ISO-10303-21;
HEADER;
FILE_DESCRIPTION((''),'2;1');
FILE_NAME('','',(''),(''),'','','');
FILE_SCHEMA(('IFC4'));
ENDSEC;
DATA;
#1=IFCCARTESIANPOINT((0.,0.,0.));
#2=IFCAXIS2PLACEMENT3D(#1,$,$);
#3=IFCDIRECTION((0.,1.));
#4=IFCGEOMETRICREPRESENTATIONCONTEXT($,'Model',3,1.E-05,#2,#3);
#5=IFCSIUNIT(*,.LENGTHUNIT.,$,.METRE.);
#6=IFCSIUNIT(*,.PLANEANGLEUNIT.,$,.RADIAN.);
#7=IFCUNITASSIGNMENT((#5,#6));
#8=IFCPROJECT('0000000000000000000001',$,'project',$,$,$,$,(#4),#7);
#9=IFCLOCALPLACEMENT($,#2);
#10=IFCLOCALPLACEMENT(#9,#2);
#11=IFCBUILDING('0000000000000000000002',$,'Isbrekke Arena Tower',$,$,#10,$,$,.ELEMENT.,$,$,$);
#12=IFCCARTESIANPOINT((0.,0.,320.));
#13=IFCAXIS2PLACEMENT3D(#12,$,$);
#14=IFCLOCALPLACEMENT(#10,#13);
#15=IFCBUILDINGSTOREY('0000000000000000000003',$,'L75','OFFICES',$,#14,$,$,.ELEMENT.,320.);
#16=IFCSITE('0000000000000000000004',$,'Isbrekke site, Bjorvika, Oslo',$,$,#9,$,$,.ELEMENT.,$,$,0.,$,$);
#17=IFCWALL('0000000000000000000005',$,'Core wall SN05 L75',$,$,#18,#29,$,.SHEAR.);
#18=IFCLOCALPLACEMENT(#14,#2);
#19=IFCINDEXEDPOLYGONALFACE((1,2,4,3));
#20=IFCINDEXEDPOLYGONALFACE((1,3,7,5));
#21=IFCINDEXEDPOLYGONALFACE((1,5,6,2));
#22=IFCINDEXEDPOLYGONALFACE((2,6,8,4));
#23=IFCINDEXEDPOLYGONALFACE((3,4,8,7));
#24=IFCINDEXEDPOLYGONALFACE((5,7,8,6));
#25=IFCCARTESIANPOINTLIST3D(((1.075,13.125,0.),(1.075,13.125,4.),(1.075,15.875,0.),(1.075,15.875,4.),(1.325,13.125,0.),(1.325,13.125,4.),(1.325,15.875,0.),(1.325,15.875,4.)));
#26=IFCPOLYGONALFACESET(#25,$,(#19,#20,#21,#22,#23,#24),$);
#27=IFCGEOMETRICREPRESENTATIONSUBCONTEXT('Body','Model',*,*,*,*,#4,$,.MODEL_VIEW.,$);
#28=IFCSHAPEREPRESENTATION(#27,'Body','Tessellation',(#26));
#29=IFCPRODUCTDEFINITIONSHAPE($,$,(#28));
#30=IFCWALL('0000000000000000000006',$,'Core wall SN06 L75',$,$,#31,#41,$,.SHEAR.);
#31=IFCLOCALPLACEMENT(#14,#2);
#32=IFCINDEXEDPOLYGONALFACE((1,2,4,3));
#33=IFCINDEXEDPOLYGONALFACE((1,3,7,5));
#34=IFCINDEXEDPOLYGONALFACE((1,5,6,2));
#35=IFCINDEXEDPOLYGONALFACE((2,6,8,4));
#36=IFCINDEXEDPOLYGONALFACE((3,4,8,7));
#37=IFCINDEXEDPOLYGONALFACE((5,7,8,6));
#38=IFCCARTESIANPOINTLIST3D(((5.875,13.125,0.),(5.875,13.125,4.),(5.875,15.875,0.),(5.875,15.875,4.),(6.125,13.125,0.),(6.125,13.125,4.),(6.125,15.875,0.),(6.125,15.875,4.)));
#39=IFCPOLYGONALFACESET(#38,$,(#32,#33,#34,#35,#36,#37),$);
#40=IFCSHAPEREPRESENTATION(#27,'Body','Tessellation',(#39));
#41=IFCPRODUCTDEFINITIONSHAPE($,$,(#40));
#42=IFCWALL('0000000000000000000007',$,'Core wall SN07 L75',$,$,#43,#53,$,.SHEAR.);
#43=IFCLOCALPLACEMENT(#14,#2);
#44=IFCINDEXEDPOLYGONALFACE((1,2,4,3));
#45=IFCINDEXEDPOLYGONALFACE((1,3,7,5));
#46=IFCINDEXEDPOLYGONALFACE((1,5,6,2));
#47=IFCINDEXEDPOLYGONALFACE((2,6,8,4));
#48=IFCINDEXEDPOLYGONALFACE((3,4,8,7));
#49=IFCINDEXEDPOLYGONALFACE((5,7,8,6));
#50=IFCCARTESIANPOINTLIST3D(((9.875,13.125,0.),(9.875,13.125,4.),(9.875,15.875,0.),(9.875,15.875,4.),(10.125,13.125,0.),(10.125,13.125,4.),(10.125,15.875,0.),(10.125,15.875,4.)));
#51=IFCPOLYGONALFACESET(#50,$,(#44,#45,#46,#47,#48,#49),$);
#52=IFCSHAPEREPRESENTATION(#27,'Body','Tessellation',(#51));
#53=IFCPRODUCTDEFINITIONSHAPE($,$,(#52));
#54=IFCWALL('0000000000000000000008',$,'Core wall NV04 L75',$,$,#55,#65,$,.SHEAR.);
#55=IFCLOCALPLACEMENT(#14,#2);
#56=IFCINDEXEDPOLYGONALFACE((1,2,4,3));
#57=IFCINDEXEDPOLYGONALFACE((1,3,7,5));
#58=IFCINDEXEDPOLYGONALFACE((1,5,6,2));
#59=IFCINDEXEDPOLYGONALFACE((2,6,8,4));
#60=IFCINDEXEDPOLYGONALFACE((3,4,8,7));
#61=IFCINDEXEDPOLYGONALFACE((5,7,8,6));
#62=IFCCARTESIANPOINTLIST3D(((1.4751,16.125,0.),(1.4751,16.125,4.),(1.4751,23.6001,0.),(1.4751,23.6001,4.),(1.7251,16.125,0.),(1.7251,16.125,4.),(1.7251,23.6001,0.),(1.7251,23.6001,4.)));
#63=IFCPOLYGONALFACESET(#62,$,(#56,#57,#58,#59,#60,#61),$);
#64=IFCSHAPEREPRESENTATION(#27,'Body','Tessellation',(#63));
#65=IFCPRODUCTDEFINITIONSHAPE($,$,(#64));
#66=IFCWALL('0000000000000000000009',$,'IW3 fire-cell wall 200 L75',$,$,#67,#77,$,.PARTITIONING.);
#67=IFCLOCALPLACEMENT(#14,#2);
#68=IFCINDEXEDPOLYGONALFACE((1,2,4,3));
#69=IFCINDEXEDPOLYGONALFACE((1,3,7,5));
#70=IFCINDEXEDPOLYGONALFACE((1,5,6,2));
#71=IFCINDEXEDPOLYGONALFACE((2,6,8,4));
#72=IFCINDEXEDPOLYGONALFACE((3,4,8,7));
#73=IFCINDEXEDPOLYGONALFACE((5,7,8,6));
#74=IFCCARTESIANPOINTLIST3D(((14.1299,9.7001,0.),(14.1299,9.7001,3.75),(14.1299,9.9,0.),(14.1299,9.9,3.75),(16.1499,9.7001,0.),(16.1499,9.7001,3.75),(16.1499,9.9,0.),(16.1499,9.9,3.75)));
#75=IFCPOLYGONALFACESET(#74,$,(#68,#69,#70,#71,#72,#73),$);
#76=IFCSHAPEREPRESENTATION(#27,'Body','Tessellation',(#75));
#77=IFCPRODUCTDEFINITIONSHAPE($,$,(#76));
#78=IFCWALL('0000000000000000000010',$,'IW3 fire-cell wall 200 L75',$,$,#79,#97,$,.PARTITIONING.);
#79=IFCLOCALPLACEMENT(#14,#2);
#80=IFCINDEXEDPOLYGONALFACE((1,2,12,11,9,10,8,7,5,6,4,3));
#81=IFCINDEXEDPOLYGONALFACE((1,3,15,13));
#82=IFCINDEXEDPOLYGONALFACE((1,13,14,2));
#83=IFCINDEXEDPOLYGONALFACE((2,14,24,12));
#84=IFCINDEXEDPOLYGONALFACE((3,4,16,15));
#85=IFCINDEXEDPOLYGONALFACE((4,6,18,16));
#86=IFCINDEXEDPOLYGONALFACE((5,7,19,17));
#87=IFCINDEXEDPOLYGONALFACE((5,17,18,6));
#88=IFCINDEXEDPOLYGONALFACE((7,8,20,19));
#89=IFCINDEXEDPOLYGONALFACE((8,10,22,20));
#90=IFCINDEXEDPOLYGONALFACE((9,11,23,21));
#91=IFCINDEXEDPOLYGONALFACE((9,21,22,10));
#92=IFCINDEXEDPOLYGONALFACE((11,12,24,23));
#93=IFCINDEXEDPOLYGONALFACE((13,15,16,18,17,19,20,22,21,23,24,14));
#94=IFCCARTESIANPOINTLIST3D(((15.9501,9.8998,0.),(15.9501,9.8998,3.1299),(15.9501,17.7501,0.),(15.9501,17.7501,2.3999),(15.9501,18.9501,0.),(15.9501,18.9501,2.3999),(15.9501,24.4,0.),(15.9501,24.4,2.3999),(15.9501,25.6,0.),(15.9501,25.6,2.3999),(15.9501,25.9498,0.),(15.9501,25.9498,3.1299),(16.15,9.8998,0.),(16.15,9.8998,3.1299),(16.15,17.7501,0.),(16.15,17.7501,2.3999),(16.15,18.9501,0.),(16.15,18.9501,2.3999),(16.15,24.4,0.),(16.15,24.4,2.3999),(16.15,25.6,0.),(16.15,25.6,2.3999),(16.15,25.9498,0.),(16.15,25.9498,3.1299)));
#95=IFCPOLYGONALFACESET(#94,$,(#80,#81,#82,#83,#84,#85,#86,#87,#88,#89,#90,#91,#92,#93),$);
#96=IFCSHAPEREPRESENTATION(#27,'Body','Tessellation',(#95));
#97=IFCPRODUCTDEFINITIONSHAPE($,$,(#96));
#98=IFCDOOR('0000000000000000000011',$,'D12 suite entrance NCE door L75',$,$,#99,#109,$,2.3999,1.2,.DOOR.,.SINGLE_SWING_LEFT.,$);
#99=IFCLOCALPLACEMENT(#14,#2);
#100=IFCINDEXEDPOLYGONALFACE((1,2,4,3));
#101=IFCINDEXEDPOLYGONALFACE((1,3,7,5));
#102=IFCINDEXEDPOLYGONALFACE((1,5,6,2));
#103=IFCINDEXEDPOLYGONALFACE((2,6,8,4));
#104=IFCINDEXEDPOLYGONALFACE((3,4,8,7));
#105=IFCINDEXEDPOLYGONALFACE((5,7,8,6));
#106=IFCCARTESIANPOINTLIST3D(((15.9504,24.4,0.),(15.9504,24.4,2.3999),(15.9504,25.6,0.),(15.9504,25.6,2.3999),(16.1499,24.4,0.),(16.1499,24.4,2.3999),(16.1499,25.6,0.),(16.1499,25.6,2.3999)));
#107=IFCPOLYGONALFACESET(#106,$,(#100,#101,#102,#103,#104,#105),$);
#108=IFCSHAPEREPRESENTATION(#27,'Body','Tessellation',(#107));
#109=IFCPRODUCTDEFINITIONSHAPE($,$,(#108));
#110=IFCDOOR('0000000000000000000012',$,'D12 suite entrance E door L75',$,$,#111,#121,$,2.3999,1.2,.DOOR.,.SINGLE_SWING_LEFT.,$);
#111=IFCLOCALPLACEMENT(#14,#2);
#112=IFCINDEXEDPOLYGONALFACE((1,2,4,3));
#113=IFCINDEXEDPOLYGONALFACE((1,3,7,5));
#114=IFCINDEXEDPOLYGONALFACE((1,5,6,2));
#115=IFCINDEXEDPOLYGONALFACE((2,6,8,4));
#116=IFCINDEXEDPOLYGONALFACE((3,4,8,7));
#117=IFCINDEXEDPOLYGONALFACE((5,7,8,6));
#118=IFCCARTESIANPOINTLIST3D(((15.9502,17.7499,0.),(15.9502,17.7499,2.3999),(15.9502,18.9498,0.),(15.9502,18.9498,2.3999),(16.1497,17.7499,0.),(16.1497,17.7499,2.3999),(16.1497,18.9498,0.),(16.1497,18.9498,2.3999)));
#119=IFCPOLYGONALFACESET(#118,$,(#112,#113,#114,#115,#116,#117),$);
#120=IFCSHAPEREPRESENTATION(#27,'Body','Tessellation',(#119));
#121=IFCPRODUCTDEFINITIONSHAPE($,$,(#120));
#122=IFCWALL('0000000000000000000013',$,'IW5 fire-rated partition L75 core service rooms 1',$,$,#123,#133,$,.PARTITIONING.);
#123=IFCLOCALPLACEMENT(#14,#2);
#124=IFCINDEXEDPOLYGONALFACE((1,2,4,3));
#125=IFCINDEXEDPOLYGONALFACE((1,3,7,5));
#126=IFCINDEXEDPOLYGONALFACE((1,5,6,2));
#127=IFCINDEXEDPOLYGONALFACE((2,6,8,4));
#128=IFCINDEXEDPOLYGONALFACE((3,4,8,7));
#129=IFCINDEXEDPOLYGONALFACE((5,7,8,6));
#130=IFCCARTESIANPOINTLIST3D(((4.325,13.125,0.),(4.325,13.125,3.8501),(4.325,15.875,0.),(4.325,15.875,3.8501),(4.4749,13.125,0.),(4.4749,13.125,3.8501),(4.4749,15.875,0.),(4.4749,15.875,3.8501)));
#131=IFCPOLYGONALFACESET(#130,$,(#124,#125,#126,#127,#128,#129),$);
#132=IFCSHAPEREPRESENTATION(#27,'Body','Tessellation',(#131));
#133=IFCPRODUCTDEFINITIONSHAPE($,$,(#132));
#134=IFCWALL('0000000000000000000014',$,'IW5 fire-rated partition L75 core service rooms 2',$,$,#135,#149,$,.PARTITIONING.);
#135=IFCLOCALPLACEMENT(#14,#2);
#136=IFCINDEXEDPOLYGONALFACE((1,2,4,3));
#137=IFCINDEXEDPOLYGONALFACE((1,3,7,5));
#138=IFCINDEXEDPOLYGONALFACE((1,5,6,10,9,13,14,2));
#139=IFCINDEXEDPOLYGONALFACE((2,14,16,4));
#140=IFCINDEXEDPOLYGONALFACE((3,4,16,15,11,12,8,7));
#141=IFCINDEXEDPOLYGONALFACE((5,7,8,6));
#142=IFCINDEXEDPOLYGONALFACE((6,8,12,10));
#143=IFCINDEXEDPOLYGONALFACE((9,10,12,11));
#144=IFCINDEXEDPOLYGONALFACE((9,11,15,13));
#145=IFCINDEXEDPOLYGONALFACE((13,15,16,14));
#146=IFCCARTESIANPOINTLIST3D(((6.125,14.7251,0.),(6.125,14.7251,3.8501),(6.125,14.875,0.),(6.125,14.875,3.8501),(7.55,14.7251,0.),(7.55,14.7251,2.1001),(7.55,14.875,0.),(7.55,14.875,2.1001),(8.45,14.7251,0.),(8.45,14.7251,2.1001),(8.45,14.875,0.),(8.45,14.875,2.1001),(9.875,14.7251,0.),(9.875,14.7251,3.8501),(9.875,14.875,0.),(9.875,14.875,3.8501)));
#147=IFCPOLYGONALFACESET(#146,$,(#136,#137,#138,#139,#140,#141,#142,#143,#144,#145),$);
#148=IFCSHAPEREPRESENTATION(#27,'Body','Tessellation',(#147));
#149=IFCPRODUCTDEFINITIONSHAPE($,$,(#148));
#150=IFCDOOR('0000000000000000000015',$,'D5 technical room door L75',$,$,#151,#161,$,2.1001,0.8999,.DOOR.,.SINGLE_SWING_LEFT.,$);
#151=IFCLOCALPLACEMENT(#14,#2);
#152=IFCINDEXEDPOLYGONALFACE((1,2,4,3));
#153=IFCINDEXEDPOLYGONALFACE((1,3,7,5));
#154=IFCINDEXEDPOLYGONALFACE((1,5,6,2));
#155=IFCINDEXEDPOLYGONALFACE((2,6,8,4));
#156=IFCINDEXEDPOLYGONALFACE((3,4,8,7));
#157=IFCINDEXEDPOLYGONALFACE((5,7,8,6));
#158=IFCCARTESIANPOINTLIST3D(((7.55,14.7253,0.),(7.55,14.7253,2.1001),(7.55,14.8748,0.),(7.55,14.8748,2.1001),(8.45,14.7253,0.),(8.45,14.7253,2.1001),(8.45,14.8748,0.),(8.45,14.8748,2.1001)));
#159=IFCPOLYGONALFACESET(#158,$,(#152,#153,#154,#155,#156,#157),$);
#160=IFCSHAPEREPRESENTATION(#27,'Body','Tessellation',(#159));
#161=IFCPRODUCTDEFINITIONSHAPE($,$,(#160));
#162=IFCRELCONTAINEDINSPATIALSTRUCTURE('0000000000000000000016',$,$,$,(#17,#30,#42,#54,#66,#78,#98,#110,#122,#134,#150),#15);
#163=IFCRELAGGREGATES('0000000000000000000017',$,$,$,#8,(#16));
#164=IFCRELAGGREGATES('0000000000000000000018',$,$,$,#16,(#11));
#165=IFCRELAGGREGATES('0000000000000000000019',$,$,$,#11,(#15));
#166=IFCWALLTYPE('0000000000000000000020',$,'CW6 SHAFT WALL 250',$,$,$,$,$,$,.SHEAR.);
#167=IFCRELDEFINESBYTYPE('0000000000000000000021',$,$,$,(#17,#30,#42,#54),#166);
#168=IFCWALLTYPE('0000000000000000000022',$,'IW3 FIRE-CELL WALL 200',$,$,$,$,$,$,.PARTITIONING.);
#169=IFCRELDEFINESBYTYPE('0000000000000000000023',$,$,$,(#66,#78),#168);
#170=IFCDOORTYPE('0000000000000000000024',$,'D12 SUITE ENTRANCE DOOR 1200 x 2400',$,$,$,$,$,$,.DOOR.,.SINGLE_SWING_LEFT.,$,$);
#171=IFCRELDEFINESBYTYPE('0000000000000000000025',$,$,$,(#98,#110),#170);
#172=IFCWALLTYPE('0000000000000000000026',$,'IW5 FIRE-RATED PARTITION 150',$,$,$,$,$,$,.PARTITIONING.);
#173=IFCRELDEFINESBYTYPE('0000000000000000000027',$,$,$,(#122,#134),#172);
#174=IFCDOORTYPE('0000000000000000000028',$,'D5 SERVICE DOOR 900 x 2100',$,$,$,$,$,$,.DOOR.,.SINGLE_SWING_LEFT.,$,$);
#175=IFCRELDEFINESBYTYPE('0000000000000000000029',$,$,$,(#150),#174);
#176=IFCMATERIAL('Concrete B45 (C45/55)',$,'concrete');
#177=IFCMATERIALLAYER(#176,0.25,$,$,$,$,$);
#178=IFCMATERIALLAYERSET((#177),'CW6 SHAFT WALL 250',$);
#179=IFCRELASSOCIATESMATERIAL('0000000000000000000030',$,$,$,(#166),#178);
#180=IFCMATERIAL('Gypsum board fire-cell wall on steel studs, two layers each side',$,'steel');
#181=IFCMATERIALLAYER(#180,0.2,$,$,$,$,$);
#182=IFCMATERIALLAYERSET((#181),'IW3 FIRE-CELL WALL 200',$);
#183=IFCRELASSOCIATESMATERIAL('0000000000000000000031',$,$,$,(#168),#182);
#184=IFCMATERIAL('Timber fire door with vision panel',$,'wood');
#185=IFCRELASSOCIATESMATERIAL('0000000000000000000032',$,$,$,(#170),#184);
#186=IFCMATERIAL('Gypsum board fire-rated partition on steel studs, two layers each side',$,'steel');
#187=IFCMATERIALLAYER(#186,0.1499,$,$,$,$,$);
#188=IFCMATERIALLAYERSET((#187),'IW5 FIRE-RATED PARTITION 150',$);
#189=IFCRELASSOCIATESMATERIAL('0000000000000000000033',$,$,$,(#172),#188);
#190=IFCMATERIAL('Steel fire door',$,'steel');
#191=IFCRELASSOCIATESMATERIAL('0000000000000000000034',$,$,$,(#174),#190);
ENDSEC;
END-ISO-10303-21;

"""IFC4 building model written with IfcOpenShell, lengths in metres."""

from ifc_helpers import new_model, si_unit, direction, frame, frame_2d, origin, place, context, subcontext, project, spatial, rectangle, extrude, material, layer, layer_set, type_object, element, fill, save


model = new_model("IFC4")

# Units and contexts
model_context = context("Model", 3, precision=1e-05, world=origin(), true_north=direction((0.0, 1.0)))
body_context = subcontext(model_context, "Body", "Model", "MODEL_VIEW")
ifc_project = project(units=[si_unit("LENGTHUNIT", "METRE"), si_unit("PLANEANGLEUNIT", "RADIAN")], contexts=[model_context])

# Site, building, storey
site_placement = place(None, origin())
site = spatial("IfcSite", under=ifc_project, at=site_placement, Name="Isbrekke site, Bjorvika, Oslo", CompositionType="ELEMENT", RefElevation=0.0)
building_placement = place(site_placement, origin())
building = spatial("IfcBuilding", under=site, at=building_placement, Name="Isbrekke Arena Tower", CompositionType="ELEMENT")
storey_placement = place(building_placement, frame((0.0, 0.0, 320.0)))
storey = spatial("IfcBuildingStorey", under=building, at=storey_placement, Name="L75", Description="OFFICES", CompositionType="ELEMENT", Elevation=320.0)

# Walls
ifc_material_1 = material(Name="Concrete B45 (C45/55)", Category="concrete")
ifc_layer_1 = layer(ifc_material_1, 0.25)
ifc_layer_set_1 = layer_set([ifc_layer_1], Name="CW6 SHAFT WALL 250")
wall_type_1 = type_object("IfcWallType", Name="CW6 SHAFT WALL 250", PredefinedType="SHEAR", material=ifc_layer_set_1)
for number, where, z_axis, x_axis, name in (
    (1, (1.2, 13.125, 0.0), (0.0, 0.0, 1.0), (0.0, 1.0, 0.0), "Core wall SN05 L75"),
    (2, (6.0, 13.125, 0.0), (0.0, 0.0, 1.0), (0.0, 1.0, 0.0), "Core wall SN06 L75"),
    (3, (10.0, 13.125, 0.0), (0.0, 0.0, 1.0), (0.0, 1.0, 0.0), "Core wall SN07 L75"),
):
    element("IfcWall", number, at=place(storey_placement, frame(where, z_axis=z_axis, x_axis=x_axis)), inside=storey, type_object=wall_type_1, Name=name, PredefinedType="SHEAR", context=body_context, shape_type="SweptSolid", body=[
        extrude(rectangle(XDim=2.75, YDim=0.25, at=frame_2d((1.375, 0.0))), origin(), (0.0, 0.0, 1.0), 4.0),
    ])
wall_1_placement = place(storey_placement, frame((1.6001, 16.125, 0.0), z_axis=(0.0, 0.0, 1.0), x_axis=(0.0, 1.0, 0.0)))
element("IfcWall", 4, at=wall_1_placement, inside=storey, type_object=wall_type_1, Name="Core wall NV04 L75", PredefinedType="SHEAR", context=body_context, shape_type="SweptSolid", body=[
    extrude(rectangle(XDim=7.4751, YDim=0.25, at=frame_2d((3.7375, 0.0))), origin(), (0.0, 0.0, 1.0), 4.0),
])
ifc_material_2 = material(Name="Gypsum board fire-cell wall on steel studs, two layers each side", Category="steel")
ifc_layer_2 = layer(ifc_material_2, 0.2)
ifc_layer_set_2 = layer_set([ifc_layer_2], Name="IW3 FIRE-CELL WALL 200")
wall_type_2 = type_object("IfcWallType", Name="IW3 FIRE-CELL WALL 200", PredefinedType="PARTITIONING", material=ifc_layer_set_2)
wall_2_placement = place(storey_placement, frame((14.1299, 9.8, 0.0), z_axis=(0.0, 0.0, 1.0), x_axis=(1.0, 0.0, 0.0)))
element("IfcWall", 5, at=wall_2_placement, inside=storey, type_object=wall_type_2, Name="IW3 fire-cell wall 200 L75", PredefinedType="PARTITIONING", context=body_context, shape_type="SweptSolid", body=[
    extrude(rectangle(XDim=2.02, YDim=0.2, at=frame_2d((1.01, 0.0))), origin(), (0.0, 0.0, 1.0), 3.75),
])

# Wall, openings, doors
wall_3_placement = place(storey_placement, frame((16.05, 9.8999, 0.0), z_axis=(0.0, 0.0, 1.0), x_axis=(0.0, 1.0, 0.0)))
wall_3 = element("IfcWall", 6, at=wall_3_placement, inside=storey, type_object=wall_type_2, Name="IW3 fire-cell wall 200 L75", PredefinedType="PARTITIONING", context=body_context, shape_type="SweptSolid", body=[
    extrude(rectangle(XDim=16.05, YDim=0.2, at=frame_2d((8.0249, 0.0))), origin(), (0.0, 0.0, 1.0), 3.1299),
])
opening_1_placement = place(wall_3_placement, frame((14.5, 0.0, 0.0)))
opening_1 = element("IfcOpeningElement", 7, at=opening_1_placement, cuts=wall_3, PredefinedType="OPENING", context=body_context, shape_type="SweptSolid", body=[
    extrude(rectangle(XDim=1.2, YDim=2.3999, at=frame_2d((0.6001, 1.2))), frame((0.0, 0.1147, 0.0), z_axis=(0.0, -1.0, 0.0), x_axis=(1.0, 0.0, 0.0)), (0.0, 0.0, 1.0), 0.2297),
])
opening_2_placement = place(wall_3_placement, frame((7.8501, 0.0, 0.0)))
opening_2 = element("IfcOpeningElement", 8, at=opening_2_placement, cuts=wall_3, PredefinedType="OPENING", context=body_context, shape_type="SweptSolid", body=[
    extrude(rectangle(XDim=1.2, YDim=2.3999, at=frame_2d((0.6001, 1.2))), frame((0.0, 0.1147, 0.0), z_axis=(0.0, -1.0, 0.0), x_axis=(1.0, 0.0, 0.0)), (0.0, 0.0, 1.0), 0.2297),
])
ifc_material_3 = material(Name="Timber fire door with vision panel", Category="wood")
door_type_1 = type_object("IfcDoorType", Name="D12 SUITE ENTRANCE DOOR 1200 x 2400", OperationType="SINGLE_SWING_LEFT", PredefinedType="DOOR", material=ifc_material_3)
door_1_placement = place(opening_1_placement, origin())
door_1 = element("IfcDoor", 9, at=door_1_placement, inside=storey, type_object=door_type_1, Name="D12 suite entrance NCE door L75", OperationType="SINGLE_SWING_LEFT", OverallHeight=2.3999, OverallWidth=1.2, PredefinedType="DOOR", context=body_context, shape_type="SweptSolid", body=[
    extrude(rectangle(XDim=1.2, YDim=2.3999, at=frame_2d((0.6001, 1.2))), frame((0.0, 0.0996, 0.0), z_axis=(0.0, -1.0, 0.0), x_axis=(1.0, 0.0, 0.0)), (0.0, 0.0, 1.0), 0.1995),
])
fill(opening_1, door_1)
door_2_placement = place(opening_2_placement, frame((1.2, 0.0, 0.0), z_axis=(0.0, 0.0, 1.0), x_axis=(-1.0, 0.0, 0.0)))
door_2 = element("IfcDoor", 10, at=door_2_placement, inside=storey, type_object=door_type_1, Name="D12 suite entrance E door L75", OperationType="SINGLE_SWING_LEFT", OverallHeight=2.3999, OverallWidth=1.2, PredefinedType="DOOR", context=body_context, shape_type="SweptSolid", body=[
    extrude(rectangle(XDim=1.2, YDim=2.3999, at=frame_2d((0.6001, 1.2))), frame((0.0, 0.0996, 0.0), z_axis=(0.0, -1.0, 0.0), x_axis=(1.0, 0.0, 0.0)), (0.0, 0.0, 1.0), 0.1995),
])
fill(opening_2, door_2)

# Wall
ifc_material_4 = material(Name="Gypsum board fire-rated partition on steel studs, two layers each side", Category="steel")
ifc_layer_3 = layer(ifc_material_4, 0.1499)
ifc_layer_set_3 = layer_set([ifc_layer_3], Name="IW5 FIRE-RATED PARTITION 150")
wall_type_3 = type_object("IfcWallType", Name="IW5 FIRE-RATED PARTITION 150", PredefinedType="PARTITIONING", material=ifc_layer_set_3)
wall_4_placement = place(storey_placement, frame((4.3999, 13.125, 0.0), z_axis=(0.0, 0.0, 1.0), x_axis=(0.0, 1.0, 0.0)))
element("IfcWall", 11, at=wall_4_placement, inside=storey, type_object=wall_type_3, Name="IW5 fire-rated partition L75 core service rooms 1", PredefinedType="PARTITIONING", context=body_context, shape_type="SweptSolid", body=[
    extrude(rectangle(XDim=2.75, YDim=0.1499, at=frame_2d((1.375, 0.0))), origin(), (0.0, 0.0, 1.0), 3.8501),
])

# Wall, opening, door
wall_5_placement = place(storey_placement, frame((6.125, 14.8, 0.0), z_axis=(0.0, 0.0, 1.0), x_axis=(1.0, 0.0, 0.0)))
wall_5 = element("IfcWall", 12, at=wall_5_placement, inside=storey, type_object=wall_type_3, Name="IW5 fire-rated partition L75 core service rooms 2", PredefinedType="PARTITIONING", context=body_context, shape_type="SweptSolid", body=[
    extrude(rectangle(XDim=3.75, YDim=0.1499, at=frame_2d((1.875, 0.0))), origin(), (0.0, 0.0, 1.0), 3.8501),
])
opening_3_placement = place(wall_5_placement, frame((1.425, 0.0, 0.0)))
opening_3 = element("IfcOpeningElement", 13, at=opening_3_placement, cuts=wall_5, PredefinedType="OPENING", context=body_context, shape_type="SweptSolid", body=[
    extrude(rectangle(XDim=0.8999, YDim=2.1001, at=frame_2d((0.45, 1.05))), frame((0.0, 0.0898, 0.0), z_axis=(0.0, -1.0, 0.0), x_axis=(1.0, 0.0, 0.0)), (0.0, 0.0, 1.0), 0.1797),
])
ifc_material_5 = material(Name="Steel fire door", Category="steel")
door_type_2 = type_object("IfcDoorType", Name="D5 SERVICE DOOR 900 x 2100", OperationType="SINGLE_SWING_LEFT", PredefinedType="DOOR", material=ifc_material_5)
door_3_placement = place(opening_3_placement, origin())
door_3 = element("IfcDoor", 14, at=door_3_placement, inside=storey, type_object=door_type_2, Name="D5 technical room door L75", OperationType="SINGLE_SWING_LEFT", OverallHeight=2.1001, OverallWidth=0.8999, PredefinedType="DOOR", context=body_context, shape_type="SweptSolid", body=[
    extrude(rectangle(XDim=0.8999, YDim=2.1001, at=frame_2d((0.45, 1.05))), frame((0.0, 0.0747, 0.0), z_axis=(0.0, -1.0, 0.0), x_axis=(1.0, 0.0, 0.0)), (0.0, 0.0, 1.0), 0.1494),
])
fill(opening_3, door_3)

save(model, "model.ifc")
